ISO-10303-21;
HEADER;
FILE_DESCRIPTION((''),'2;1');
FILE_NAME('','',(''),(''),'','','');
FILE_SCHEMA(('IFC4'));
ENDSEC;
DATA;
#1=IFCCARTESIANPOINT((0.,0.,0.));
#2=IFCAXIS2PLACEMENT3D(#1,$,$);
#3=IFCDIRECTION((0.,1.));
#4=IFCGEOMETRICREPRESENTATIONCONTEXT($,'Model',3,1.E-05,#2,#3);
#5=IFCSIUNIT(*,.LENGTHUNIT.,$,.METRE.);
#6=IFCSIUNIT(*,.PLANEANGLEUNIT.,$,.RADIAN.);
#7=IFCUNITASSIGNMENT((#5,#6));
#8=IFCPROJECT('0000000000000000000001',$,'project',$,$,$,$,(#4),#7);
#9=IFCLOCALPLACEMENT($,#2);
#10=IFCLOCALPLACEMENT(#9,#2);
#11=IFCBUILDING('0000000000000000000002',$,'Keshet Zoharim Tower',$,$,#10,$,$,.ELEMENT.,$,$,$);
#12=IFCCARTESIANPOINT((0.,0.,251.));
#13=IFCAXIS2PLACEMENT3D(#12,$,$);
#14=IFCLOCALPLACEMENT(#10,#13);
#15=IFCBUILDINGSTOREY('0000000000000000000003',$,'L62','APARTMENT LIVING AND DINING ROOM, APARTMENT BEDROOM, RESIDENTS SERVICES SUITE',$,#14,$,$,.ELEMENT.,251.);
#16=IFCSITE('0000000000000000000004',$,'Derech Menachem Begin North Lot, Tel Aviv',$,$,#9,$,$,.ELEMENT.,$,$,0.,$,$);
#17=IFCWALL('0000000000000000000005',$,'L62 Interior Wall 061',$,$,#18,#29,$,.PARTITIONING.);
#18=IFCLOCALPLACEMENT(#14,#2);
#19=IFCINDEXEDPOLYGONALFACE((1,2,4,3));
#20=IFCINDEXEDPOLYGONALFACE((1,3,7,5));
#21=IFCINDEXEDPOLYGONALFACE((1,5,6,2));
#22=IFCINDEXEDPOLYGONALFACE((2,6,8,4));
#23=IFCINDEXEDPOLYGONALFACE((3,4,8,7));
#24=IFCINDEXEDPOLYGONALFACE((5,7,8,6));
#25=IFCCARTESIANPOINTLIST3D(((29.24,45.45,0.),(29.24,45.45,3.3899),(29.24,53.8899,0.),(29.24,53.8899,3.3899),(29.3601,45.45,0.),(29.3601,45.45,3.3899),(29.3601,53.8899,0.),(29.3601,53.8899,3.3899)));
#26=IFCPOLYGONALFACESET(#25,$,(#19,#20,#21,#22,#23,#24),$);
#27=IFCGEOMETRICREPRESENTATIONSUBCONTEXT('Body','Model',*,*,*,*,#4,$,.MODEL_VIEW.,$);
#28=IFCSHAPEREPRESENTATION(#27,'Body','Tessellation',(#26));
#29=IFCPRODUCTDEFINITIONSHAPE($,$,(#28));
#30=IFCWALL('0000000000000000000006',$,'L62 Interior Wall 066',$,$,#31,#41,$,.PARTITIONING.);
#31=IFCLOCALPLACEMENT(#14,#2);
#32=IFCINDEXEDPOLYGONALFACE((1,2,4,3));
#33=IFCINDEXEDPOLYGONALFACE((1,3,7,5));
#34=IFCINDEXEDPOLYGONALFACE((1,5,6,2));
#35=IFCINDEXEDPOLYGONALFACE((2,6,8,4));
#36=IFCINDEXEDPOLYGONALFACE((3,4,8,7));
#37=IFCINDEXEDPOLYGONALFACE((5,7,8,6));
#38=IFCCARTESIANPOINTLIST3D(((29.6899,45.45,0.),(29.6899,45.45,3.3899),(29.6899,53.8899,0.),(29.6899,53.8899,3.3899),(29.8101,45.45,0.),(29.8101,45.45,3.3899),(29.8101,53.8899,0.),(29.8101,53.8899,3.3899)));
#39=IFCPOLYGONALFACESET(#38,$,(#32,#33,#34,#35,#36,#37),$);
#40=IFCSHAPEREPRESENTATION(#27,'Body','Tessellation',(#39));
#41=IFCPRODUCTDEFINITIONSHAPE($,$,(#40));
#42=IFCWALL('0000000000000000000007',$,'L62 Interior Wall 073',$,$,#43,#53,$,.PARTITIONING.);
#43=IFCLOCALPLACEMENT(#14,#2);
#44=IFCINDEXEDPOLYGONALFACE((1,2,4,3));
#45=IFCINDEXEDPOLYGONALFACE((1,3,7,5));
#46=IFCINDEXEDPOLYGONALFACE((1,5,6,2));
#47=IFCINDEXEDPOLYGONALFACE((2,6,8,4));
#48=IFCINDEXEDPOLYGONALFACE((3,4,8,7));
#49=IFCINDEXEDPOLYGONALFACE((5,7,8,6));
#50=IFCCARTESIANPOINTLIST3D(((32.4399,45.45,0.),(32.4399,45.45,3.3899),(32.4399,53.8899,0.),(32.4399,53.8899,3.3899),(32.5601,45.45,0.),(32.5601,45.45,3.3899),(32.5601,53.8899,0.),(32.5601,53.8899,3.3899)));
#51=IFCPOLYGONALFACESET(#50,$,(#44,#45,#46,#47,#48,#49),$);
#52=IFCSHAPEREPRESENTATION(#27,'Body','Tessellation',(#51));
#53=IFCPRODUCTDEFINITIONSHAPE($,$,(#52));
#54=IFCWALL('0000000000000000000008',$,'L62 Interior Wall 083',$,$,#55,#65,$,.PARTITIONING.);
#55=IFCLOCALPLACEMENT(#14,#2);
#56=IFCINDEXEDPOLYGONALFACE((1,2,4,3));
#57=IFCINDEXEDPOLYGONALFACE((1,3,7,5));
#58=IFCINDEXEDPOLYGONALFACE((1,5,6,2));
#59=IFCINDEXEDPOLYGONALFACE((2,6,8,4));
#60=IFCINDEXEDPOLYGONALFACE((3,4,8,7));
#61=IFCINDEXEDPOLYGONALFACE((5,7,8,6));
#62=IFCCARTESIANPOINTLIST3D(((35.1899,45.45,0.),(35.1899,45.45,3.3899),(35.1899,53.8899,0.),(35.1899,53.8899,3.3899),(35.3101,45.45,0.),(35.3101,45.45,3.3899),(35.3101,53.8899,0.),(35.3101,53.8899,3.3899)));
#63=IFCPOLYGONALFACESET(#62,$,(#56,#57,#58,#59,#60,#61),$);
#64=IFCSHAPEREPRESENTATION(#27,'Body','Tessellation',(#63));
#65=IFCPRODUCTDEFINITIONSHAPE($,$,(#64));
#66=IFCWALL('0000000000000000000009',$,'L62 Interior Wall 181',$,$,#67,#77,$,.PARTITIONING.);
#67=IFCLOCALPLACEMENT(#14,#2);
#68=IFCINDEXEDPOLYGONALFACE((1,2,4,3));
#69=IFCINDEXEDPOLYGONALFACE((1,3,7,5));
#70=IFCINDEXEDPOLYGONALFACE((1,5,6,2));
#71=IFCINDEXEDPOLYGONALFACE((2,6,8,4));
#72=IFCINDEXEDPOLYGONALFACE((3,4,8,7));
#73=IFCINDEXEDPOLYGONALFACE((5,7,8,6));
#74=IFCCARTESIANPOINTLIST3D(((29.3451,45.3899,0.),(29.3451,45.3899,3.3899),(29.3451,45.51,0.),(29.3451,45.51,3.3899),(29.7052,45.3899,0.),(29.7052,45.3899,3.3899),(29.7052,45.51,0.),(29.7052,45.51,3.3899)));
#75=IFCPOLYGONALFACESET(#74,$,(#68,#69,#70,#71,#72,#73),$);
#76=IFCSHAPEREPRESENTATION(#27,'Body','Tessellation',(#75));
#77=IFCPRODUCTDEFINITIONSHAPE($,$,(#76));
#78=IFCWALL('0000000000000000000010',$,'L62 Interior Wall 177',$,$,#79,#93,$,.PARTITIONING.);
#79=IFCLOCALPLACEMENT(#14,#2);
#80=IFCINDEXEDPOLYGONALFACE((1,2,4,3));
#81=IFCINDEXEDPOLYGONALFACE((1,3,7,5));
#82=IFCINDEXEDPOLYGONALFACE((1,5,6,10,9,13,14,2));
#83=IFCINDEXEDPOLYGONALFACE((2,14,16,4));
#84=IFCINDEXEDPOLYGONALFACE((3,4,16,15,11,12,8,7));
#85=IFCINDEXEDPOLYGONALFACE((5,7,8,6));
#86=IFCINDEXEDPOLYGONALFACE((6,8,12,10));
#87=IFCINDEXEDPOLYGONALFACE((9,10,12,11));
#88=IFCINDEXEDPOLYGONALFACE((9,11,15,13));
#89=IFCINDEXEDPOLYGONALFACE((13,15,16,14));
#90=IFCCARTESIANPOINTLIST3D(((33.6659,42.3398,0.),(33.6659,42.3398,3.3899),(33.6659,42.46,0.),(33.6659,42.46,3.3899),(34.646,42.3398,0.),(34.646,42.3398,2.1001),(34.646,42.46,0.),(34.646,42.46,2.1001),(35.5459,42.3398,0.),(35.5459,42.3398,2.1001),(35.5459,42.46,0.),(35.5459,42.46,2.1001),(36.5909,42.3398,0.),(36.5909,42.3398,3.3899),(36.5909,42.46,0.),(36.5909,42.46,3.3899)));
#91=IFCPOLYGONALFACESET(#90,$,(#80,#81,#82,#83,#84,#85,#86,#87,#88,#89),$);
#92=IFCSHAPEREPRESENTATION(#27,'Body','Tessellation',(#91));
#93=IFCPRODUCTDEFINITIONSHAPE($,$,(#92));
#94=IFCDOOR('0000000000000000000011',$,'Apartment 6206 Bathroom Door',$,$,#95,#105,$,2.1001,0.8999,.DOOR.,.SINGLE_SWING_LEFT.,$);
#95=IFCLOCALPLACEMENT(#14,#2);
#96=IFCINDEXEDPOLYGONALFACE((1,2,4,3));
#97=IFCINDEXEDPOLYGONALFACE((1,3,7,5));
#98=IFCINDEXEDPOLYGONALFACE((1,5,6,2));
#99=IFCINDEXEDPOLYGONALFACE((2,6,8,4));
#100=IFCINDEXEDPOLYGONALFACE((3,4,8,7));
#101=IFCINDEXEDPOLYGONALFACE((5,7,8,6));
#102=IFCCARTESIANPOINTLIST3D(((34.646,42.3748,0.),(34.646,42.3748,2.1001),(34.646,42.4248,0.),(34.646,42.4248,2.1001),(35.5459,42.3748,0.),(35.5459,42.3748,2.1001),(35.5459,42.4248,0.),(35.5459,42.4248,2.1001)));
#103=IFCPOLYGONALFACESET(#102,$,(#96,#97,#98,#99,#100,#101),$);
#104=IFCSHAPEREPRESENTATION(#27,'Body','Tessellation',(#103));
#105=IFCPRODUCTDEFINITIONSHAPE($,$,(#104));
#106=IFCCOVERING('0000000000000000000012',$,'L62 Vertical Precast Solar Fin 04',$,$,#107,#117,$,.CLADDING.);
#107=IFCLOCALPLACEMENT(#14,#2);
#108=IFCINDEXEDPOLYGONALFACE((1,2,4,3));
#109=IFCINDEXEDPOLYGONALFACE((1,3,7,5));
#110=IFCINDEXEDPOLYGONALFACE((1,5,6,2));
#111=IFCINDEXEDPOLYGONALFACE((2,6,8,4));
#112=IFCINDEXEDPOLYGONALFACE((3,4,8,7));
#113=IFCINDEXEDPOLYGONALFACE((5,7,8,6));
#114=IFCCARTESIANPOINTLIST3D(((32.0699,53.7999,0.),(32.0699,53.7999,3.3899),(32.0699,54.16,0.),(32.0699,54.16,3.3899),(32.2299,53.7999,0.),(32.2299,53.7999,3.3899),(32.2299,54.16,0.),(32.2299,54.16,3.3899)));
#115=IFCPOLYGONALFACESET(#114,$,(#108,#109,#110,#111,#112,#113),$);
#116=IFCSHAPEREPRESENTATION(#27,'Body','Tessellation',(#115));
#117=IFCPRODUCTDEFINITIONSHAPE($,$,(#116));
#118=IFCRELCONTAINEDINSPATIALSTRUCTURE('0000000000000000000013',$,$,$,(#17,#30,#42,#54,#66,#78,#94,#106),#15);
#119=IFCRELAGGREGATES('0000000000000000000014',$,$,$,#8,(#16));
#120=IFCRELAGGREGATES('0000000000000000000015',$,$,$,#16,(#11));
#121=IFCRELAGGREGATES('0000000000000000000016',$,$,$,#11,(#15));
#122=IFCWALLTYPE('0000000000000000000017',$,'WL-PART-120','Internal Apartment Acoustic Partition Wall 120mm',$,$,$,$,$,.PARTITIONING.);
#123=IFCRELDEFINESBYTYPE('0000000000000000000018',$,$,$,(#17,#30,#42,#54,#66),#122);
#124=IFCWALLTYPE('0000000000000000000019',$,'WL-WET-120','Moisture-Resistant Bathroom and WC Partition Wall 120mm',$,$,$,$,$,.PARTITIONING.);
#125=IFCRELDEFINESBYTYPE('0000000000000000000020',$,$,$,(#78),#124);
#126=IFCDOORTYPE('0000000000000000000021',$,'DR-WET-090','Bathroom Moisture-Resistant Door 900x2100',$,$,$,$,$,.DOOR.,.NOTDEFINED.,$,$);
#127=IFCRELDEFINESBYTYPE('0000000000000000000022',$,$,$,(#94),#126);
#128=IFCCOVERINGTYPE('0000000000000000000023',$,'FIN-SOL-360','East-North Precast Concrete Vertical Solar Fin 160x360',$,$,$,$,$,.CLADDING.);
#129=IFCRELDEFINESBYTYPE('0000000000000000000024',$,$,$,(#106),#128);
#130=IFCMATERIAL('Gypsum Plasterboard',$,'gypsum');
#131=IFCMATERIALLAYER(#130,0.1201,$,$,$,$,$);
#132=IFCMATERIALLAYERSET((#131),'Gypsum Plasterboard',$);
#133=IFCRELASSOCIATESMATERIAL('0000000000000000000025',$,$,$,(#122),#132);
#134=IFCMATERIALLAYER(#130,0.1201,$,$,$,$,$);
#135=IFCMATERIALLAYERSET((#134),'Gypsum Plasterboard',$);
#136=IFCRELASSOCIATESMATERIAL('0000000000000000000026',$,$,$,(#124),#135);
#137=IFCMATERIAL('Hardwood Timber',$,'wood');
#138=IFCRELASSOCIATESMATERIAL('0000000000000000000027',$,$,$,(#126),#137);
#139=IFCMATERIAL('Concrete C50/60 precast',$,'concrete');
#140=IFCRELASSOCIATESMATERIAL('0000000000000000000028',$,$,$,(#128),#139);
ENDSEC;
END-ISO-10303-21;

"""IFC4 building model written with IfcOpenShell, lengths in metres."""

from ifc_helpers import new_model, si_unit, direction, frame, frame_2d, origin, origin_2d, place, context, subcontext, project, spatial, rectangle, extrude, material, layer, layer_set, type_object, element, fill, save


model = new_model("IFC4")

# Units and contexts
model_context = context("Model", 3, precision=1e-05, world=origin(), true_north=direction((0.0, 1.0)))
body_context = subcontext(model_context, "Body", "Model", "MODEL_VIEW")
ifc_project = project(units=[si_unit("LENGTHUNIT", "METRE"), si_unit("PLANEANGLEUNIT", "RADIAN")], contexts=[model_context])

# Site, building, storey
site_placement = place(None, origin())
site = spatial("IfcSite", under=ifc_project, at=site_placement, Name="Derech Menachem Begin North Lot, Tel Aviv", CompositionType="ELEMENT", RefElevation=0.0)
building_placement = place(site_placement, origin())
building = spatial("IfcBuilding", under=site, at=building_placement, Name="Keshet Zoharim Tower", CompositionType="ELEMENT")
storey_placement = place(building_placement, frame((0.0, 0.0, 251.0)))
storey = spatial("IfcBuildingStorey", under=building, at=storey_placement, Name="L62", Description="APARTMENT LIVING AND DINING ROOM, APARTMENT BEDROOM, RESIDENTS SERVICES SUITE", CompositionType="ELEMENT", Elevation=251.0)

# Shared definitions
ifc_material_1 = material(Name="Hardwood Timber", Category="wood")

# Walls
ifc_material_2 = material(Name="Gypsum Plasterboard", Category="gypsum")
ifc_layer_1 = layer(ifc_material_2, 0.1201)
ifc_layer_set_1 = layer_set([ifc_layer_1], Name="Gypsum Plasterboard")
wall_type_1 = type_object("IfcWallType", Name="WL-PART-120", Description="Internal Apartment Acoustic Partition Wall 120mm", PredefinedType="PARTITIONING", material=ifc_layer_set_1)
for number, where, z_axis, x_axis, name in (
    (1, (29.3, 45.45, 0.0), (0.0, 0.0, 1.0), (0.0, 1.0, 0.0), "L62 Interior Wall 061"),
    (2, (29.75, 45.45, 0.0), (0.0, 0.0, 1.0), (0.0, 1.0, 0.0), "L62 Interior Wall 066"),
    (3, (32.5, 45.45, 0.0), (0.0, 0.0, 1.0), (0.0, 1.0, 0.0), "L62 Interior Wall 073"),
    (4, (35.25, 45.45, 0.0), (0.0, 0.0, 1.0), (0.0, 1.0, 0.0), "L62 Interior Wall 083"),
):
    element("IfcWall", number, at=place(storey_placement, frame(where, z_axis=z_axis, x_axis=x_axis)), inside=storey, type_object=wall_type_1, Name=name, PredefinedType="PARTITIONING", context=body_context, shape_type="SweptSolid", body=[
        extrude(rectangle(XDim=8.4399, YDim=0.1201, at=frame_2d((4.22, 0.0))), origin(), (0.0, 0.0, 1.0), 3.3899),
    ])
wall_1_placement = place(storey_placement, frame((29.345, 45.45, 0.0), z_axis=(0.0, 0.0, 1.0), x_axis=(1.0, 0.0, 0.0)))
element("IfcWall", 5, at=wall_1_placement, inside=storey, type_object=wall_type_1, Name="L62 Interior Wall 181", PredefinedType="PARTITIONING", context=body_context, shape_type="SweptSolid", body=[
    extrude(rectangle(XDim=0.3601, YDim=0.1201, at=frame_2d((0.1802, 0.0))), origin(), (0.0, 0.0, 1.0), 3.3899),
])

# Wall, opening, door
ifc_layer_2 = layer(ifc_material_2, 0.1201)
ifc_layer_set_2 = layer_set([ifc_layer_2], Name="Gypsum Plasterboard")
wall_type_2 = type_object("IfcWallType", Name="WL-WET-120", Description="Moisture-Resistant Bathroom and WC Partition Wall 120mm", PredefinedType="PARTITIONING", material=ifc_layer_set_2)
wall_2_placement = place(storey_placement, frame((33.666, 42.3999, 0.0), z_axis=(0.0, 0.0, 1.0), x_axis=(1.0, 0.0, 0.0)))
wall_2 = element("IfcWall", 6, at=wall_2_placement, inside=storey, type_object=wall_type_2, Name="L62 Interior Wall 177", PredefinedType="PARTITIONING", context=body_context, shape_type="SweptSolid", body=[
    extrude(rectangle(XDim=2.925, YDim=0.1201, at=frame_2d((1.4624, 0.0))), origin(), (0.0, 0.0, 1.0), 3.3899),
])
opening_1_placement = place(wall_2_placement, frame((0.98, 0.0, 0.0)))
opening_1 = element("IfcOpeningElement", 7, at=opening_1_placement, cuts=wall_2, PredefinedType="OPENING", context=body_context, shape_type="SweptSolid", body=[
    extrude(rectangle(XDim=0.8999, YDim=2.1001, at=frame_2d((0.45, 1.05))), frame((0.0, 0.0701, 0.0), z_axis=(0.0, -1.0, 0.0), x_axis=(1.0, 0.0, 0.0)), (0.0, 0.0, 1.0), 0.1401),
])
door_type_1 = type_object("IfcDoorType", Name="DR-WET-090", Description="Bathroom Moisture-Resistant Door 900x2100", OperationType="NOTDEFINED", PredefinedType="DOOR", material=ifc_material_1)
door_1_placement = place(opening_1_placement, origin())
door_1 = element("IfcDoor", 8, at=door_1_placement, inside=storey, type_object=door_type_1, Name="Apartment 6206 Bathroom Door", OperationType="SINGLE_SWING_LEFT", OverallHeight=2.1001, OverallWidth=0.8999, PredefinedType="DOOR", context=body_context, shape_type="SweptSolid", body=[
    extrude(rectangle(XDim=0.8999, YDim=2.1001, at=frame_2d((0.45, 1.05))), frame((0.0, 0.0249, 0.0), z_axis=(0.0, -1.0, 0.0), x_axis=(1.0, 0.0, 0.0)), (0.0, 0.0, 1.0), 0.05),
])
fill(opening_1, door_1)

# Covering
ifc_material_3 = material(Name="Concrete C50/60 precast", Category="concrete")
covering_type = type_object("IfcCoveringType", Name="FIN-SOL-360", Description="East-North Precast Concrete Vertical Solar Fin 160x360", PredefinedType="CLADDING", material=ifc_material_3)
covering_placement = place(storey_placement, frame((32.1499, 53.98, 0.0), z_axis=(0.0, 0.0, 1.0), x_axis=(1.0, 0.0, 0.0)))
element("IfcCovering", 9, at=covering_placement, inside=storey, type_object=covering_type, Name="L62 Vertical Precast Solar Fin 04", PredefinedType="CLADDING", context=body_context, shape_type="SweptSolid", body=[
    extrude(rectangle(XDim=0.1599, YDim=0.3601, at=origin_2d()), origin(), (0.0, 0.0, 1.0), 3.3899),
])

save(model, "model.ifc")
